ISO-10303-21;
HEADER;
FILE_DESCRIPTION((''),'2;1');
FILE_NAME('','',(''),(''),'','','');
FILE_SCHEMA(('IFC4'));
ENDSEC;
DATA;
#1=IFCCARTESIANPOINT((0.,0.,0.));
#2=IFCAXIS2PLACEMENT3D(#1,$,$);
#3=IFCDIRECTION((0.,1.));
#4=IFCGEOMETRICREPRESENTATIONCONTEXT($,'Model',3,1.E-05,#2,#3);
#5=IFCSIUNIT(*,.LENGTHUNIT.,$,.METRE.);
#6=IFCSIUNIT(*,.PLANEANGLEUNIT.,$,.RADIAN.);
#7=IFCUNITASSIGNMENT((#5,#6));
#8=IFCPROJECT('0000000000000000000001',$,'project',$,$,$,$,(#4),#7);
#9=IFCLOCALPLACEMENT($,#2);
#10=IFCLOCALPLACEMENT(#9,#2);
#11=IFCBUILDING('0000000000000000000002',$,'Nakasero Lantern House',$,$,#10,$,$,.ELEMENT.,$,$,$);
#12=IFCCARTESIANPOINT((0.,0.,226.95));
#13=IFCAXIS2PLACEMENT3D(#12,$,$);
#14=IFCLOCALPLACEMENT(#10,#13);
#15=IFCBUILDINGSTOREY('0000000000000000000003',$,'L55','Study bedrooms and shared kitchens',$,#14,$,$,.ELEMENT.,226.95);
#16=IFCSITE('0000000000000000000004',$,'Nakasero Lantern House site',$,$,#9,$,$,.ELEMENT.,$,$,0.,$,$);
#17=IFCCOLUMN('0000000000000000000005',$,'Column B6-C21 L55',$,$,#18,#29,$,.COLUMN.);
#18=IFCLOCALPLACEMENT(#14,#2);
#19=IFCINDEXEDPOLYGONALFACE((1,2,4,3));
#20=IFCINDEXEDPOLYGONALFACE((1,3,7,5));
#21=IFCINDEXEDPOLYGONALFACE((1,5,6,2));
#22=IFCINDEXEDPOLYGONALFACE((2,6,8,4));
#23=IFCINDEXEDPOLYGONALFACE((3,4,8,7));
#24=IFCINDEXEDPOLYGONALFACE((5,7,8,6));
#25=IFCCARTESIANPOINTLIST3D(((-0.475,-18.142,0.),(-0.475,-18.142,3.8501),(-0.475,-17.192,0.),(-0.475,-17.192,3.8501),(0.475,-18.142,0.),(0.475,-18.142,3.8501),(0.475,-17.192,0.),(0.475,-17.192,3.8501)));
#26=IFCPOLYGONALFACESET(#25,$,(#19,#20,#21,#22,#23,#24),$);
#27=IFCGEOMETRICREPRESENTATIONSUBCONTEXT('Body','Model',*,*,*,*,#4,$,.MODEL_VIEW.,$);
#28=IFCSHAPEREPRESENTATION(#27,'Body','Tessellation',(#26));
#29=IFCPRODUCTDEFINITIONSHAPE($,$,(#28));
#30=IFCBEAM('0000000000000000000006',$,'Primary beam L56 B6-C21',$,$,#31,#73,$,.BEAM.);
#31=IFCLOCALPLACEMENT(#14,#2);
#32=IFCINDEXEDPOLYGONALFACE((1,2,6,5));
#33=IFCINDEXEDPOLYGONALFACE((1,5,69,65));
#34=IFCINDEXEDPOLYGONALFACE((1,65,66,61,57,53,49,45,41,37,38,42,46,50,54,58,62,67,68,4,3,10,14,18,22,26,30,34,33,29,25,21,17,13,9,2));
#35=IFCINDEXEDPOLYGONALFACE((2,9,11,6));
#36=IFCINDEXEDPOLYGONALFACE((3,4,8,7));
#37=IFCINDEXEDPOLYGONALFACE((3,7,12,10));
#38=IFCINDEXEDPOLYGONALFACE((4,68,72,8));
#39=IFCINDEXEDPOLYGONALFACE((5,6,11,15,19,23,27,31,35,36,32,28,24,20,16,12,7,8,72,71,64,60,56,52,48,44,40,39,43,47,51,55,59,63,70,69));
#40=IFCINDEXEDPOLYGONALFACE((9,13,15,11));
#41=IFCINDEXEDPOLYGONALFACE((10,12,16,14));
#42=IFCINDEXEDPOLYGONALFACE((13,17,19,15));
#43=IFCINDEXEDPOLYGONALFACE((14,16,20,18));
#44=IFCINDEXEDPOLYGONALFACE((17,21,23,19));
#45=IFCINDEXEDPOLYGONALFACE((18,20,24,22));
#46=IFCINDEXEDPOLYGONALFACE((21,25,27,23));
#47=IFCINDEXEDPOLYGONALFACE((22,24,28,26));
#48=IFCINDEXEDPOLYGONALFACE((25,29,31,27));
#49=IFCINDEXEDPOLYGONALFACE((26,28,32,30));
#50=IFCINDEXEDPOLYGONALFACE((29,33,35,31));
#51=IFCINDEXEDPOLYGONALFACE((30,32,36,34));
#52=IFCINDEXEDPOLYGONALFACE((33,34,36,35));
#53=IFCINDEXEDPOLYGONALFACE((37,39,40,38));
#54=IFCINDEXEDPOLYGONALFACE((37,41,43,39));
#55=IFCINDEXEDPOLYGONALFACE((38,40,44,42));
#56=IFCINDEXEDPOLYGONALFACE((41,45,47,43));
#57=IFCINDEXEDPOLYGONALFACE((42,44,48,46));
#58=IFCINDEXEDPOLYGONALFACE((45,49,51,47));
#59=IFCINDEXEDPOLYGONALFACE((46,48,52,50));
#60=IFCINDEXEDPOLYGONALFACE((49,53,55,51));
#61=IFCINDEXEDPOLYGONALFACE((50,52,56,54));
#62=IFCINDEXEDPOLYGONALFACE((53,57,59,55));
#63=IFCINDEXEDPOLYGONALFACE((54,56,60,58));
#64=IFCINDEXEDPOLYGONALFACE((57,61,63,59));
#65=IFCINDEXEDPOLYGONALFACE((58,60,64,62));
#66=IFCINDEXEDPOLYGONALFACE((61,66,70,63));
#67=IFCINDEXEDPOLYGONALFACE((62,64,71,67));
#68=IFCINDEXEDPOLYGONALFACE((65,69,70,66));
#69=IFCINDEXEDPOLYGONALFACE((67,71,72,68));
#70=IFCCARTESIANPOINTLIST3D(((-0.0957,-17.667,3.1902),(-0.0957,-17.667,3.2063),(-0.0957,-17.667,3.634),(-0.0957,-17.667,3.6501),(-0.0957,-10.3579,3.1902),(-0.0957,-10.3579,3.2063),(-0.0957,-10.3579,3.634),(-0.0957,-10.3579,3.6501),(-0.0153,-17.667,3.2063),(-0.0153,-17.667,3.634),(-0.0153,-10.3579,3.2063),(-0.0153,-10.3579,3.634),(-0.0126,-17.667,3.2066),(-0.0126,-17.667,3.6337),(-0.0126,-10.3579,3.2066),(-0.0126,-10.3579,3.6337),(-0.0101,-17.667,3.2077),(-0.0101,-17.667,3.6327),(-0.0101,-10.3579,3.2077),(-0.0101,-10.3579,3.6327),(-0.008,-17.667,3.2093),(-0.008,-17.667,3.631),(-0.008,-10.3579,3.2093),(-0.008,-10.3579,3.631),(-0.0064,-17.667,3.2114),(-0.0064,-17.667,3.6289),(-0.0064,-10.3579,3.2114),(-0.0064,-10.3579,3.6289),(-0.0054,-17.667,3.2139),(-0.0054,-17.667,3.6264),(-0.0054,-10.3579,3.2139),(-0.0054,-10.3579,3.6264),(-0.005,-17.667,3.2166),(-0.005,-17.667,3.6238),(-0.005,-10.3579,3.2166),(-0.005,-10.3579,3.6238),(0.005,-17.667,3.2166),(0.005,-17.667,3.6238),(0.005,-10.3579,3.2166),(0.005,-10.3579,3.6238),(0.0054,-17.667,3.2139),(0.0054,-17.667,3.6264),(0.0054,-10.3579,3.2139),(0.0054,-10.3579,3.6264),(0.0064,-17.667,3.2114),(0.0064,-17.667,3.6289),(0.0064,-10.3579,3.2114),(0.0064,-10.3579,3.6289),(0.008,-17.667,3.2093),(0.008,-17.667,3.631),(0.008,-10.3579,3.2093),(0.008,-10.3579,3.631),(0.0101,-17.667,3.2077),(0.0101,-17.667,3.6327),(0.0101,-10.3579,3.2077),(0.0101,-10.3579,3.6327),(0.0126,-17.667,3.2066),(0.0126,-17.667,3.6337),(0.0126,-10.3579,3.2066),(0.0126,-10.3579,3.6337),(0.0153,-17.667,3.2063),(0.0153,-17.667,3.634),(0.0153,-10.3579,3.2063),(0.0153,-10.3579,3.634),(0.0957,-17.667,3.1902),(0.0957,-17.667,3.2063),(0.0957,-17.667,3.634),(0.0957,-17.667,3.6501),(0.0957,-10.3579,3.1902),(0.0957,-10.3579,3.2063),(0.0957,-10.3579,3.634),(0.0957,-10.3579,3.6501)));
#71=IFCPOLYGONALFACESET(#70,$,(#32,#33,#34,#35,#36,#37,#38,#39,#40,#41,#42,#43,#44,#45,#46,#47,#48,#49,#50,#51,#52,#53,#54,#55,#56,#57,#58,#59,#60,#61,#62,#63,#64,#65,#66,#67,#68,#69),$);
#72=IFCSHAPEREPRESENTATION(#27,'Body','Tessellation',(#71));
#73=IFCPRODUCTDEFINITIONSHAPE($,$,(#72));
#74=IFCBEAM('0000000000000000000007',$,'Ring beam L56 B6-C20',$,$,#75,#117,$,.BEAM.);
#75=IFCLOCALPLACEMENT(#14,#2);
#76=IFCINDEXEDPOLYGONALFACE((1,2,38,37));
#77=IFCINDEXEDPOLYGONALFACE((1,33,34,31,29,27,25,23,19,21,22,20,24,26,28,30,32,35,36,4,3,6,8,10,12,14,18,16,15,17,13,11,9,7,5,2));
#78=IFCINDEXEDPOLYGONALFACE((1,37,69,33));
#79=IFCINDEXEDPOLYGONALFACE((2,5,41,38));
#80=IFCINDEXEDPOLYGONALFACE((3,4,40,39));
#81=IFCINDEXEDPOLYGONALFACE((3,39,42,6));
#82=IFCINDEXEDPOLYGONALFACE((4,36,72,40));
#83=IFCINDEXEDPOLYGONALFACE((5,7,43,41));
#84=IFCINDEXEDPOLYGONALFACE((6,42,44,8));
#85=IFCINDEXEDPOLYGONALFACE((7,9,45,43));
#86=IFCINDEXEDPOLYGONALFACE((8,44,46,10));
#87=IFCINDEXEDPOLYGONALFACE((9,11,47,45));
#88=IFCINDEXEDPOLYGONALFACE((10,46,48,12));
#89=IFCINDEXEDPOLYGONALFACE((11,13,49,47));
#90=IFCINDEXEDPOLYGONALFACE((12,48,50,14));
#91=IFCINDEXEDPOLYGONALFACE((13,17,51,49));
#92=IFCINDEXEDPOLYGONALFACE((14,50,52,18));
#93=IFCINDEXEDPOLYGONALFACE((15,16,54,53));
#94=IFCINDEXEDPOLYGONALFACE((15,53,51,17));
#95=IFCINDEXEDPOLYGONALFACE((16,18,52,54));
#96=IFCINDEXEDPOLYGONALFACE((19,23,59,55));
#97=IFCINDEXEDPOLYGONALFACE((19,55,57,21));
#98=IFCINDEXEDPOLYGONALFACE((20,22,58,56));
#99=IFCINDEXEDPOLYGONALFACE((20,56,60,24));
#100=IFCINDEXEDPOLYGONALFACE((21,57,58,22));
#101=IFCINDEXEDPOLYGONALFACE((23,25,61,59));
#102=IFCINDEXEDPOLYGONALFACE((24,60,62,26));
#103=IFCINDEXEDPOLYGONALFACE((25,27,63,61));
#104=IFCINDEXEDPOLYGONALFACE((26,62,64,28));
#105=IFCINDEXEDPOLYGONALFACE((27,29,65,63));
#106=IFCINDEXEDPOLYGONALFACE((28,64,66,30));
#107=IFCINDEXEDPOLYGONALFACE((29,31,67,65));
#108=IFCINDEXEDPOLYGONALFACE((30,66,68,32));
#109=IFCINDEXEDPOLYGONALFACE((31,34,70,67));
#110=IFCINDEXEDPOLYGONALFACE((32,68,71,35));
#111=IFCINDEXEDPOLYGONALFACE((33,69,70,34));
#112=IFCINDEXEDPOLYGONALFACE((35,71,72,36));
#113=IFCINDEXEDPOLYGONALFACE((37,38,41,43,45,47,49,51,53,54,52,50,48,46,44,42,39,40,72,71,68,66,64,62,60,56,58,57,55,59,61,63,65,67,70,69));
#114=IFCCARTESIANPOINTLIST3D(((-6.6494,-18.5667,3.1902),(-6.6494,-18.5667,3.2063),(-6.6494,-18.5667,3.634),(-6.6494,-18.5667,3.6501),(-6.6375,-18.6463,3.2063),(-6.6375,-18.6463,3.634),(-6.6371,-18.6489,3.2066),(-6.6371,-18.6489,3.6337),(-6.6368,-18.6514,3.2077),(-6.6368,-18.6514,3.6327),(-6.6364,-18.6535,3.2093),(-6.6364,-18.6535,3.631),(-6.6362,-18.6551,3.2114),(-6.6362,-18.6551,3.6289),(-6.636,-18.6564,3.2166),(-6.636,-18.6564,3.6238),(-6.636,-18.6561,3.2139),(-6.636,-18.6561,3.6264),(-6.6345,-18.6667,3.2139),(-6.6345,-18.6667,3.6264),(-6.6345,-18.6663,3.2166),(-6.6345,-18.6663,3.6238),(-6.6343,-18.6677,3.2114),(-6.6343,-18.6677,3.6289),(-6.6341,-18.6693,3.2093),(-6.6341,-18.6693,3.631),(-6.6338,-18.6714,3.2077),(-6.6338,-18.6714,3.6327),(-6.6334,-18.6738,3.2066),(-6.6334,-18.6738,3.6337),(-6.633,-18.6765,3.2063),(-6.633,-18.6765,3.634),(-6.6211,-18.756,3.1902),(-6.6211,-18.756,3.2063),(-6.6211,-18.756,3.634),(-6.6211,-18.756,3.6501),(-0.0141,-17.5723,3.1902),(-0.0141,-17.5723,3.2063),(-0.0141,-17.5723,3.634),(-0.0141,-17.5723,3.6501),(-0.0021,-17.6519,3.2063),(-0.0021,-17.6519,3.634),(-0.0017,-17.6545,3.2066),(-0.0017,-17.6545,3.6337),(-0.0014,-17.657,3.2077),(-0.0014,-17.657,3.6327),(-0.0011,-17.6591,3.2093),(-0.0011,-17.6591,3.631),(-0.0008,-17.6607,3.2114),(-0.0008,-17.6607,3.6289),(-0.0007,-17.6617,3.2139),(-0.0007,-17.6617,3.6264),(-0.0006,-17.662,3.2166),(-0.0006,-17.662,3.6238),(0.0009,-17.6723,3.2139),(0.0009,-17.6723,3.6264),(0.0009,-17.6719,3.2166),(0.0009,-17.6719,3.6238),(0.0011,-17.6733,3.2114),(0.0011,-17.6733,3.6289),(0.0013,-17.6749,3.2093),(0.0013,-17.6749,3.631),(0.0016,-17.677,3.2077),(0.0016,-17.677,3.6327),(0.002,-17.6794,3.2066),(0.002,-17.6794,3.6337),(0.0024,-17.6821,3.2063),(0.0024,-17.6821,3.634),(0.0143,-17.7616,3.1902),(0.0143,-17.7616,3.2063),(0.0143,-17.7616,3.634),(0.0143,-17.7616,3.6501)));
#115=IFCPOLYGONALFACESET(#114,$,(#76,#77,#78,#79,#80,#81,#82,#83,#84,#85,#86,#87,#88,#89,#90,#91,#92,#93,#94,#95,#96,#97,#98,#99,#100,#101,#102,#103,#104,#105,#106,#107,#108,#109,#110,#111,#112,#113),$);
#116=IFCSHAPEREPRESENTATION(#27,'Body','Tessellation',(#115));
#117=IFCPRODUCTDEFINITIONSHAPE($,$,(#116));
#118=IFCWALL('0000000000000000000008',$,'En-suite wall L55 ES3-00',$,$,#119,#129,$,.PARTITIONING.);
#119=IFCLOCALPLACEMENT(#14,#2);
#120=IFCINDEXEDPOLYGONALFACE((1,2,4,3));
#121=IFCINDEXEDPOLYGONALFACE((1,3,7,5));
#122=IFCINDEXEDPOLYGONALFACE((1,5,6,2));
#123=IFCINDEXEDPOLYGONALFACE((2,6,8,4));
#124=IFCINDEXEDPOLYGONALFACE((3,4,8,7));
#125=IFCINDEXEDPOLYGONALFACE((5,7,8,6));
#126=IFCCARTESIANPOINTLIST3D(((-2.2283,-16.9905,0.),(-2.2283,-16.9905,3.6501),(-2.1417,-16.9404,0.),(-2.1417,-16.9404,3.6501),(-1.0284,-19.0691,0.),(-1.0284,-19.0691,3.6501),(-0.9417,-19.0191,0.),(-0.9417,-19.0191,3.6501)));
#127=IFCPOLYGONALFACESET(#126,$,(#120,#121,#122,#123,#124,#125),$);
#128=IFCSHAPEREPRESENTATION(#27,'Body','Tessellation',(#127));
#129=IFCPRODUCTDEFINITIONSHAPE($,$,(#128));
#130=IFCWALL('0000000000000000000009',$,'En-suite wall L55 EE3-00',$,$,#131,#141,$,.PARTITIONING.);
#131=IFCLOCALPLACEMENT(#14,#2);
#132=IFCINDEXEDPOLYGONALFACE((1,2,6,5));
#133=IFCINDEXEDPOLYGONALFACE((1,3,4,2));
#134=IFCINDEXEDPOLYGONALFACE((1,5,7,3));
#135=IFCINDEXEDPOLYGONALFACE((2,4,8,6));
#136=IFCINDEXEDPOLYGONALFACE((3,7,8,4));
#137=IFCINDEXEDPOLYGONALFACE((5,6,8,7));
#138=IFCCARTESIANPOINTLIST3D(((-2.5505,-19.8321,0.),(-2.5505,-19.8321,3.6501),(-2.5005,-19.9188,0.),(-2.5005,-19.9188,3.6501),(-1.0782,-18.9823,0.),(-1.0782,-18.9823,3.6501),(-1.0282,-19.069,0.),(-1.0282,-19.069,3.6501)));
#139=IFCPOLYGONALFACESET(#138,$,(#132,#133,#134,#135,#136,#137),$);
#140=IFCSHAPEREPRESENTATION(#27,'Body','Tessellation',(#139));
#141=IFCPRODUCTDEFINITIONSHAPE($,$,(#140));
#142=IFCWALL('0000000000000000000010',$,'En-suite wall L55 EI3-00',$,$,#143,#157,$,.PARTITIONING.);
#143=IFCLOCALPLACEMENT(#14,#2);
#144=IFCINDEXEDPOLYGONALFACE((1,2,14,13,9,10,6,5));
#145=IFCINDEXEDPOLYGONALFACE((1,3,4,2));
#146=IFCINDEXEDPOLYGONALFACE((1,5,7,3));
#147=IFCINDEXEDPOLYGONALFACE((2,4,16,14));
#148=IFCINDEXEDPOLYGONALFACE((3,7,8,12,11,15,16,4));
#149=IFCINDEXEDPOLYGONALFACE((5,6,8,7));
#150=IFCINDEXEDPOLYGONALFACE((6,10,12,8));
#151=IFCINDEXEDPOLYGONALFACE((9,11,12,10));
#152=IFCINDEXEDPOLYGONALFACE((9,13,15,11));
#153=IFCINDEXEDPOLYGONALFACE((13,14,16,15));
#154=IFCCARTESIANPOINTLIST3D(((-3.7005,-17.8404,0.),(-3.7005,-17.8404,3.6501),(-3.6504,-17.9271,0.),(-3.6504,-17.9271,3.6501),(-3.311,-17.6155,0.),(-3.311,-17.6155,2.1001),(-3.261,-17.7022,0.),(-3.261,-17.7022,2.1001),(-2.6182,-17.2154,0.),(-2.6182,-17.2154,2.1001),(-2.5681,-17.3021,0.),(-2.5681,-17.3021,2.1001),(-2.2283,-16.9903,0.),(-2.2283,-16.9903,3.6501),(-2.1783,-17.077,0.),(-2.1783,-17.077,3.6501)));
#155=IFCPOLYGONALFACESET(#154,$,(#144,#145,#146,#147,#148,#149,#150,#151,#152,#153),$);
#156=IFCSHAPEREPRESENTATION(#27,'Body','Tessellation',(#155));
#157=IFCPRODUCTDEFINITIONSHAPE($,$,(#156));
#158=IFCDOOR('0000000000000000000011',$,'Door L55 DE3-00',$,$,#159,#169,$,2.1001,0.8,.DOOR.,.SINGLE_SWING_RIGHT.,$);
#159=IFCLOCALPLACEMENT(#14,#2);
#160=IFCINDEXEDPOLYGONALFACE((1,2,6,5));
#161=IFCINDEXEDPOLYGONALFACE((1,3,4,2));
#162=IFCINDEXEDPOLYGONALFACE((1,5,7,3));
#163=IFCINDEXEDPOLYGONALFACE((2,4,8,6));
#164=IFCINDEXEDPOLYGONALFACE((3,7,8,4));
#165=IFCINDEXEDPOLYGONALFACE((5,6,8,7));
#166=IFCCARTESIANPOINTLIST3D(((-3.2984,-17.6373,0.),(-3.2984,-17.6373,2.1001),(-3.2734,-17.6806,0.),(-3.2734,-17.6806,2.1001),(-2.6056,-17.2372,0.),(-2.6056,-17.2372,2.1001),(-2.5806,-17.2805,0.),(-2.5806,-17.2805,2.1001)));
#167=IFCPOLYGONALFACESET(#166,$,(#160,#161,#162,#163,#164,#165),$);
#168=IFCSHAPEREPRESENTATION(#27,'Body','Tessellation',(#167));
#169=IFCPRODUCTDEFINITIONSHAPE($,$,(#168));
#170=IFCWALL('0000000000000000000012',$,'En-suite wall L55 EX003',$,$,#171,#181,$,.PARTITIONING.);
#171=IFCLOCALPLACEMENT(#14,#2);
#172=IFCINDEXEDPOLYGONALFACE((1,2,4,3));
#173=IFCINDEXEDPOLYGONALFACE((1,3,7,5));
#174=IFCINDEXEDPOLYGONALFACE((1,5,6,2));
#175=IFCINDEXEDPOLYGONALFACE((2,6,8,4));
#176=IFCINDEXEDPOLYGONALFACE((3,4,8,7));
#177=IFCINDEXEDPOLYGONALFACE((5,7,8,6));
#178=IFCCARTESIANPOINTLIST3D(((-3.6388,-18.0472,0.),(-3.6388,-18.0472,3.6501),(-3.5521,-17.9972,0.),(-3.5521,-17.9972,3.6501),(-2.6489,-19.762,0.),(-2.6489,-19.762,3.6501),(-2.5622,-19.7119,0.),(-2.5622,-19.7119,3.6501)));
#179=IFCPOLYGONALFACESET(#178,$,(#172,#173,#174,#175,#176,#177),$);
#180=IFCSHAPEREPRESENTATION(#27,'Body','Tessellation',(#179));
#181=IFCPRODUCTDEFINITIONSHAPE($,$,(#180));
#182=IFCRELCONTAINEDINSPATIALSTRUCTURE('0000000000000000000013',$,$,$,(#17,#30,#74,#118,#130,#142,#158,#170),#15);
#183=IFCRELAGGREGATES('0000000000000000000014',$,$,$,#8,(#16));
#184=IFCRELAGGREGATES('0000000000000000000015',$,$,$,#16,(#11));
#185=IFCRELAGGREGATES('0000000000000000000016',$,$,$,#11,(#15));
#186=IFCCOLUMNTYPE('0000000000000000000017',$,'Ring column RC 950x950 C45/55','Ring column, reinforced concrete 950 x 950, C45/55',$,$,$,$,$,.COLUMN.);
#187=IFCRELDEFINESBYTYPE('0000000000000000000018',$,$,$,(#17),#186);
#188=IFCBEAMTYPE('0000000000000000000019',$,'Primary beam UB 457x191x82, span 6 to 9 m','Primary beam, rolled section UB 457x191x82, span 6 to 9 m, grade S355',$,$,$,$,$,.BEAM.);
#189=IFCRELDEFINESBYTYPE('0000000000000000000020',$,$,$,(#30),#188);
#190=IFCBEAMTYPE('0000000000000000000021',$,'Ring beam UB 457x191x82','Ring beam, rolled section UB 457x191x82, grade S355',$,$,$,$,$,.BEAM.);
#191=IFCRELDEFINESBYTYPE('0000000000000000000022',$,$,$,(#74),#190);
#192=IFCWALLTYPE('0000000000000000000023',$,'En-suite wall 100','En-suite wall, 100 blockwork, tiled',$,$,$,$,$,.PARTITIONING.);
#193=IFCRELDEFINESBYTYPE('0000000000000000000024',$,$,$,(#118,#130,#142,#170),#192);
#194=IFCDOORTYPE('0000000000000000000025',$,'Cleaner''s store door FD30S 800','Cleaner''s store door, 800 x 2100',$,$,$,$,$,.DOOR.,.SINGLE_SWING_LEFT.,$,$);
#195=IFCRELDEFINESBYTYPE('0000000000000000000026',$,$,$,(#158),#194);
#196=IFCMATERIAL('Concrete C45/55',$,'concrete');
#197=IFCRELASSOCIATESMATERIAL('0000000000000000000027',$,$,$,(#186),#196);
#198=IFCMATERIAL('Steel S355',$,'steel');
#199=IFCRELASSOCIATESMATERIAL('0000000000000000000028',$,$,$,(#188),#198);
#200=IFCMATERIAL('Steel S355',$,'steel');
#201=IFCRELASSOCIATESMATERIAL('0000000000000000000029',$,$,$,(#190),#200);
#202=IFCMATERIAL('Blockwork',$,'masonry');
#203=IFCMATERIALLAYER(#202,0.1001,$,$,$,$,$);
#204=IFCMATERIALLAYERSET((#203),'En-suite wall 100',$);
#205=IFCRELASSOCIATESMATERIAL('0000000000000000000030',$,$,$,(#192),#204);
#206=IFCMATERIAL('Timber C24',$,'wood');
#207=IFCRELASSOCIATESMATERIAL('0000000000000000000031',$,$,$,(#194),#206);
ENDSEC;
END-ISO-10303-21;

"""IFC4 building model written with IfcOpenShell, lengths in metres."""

from ifc_helpers import new_model, si_unit, direction, frame, frame_2d, origin, origin_2d, place, context, subcontext, project, spatial, rectangle, i_section, extrude, material, layer, layer_set, material_profile, profile_set, type_object, element, fill, save


model = new_model("IFC4")

# Units and contexts
model_context = context("Model", 3, precision=1e-05, world=origin(), true_north=direction((0.0, 1.0)))
body_context = subcontext(model_context, "Body", "Model", "MODEL_VIEW")
ifc_project = project(units=[si_unit("LENGTHUNIT", "METRE"), si_unit("PLANEANGLEUNIT", "RADIAN")], contexts=[model_context])

# Site, building, storey
site_placement = place(None, origin())
site = spatial("IfcSite", under=ifc_project, at=site_placement, Name="Nakasero Lantern House site", CompositionType="ELEMENT", RefElevation=0.0)
building_placement = place(site_placement, origin())
building = spatial("IfcBuilding", under=site, at=building_placement, Name="Nakasero Lantern House", CompositionType="ELEMENT")
storey_placement = place(building_placement, frame((0.0, 0.0, 226.95)))
storey = spatial("IfcBuildingStorey", under=building, at=storey_placement, Name="L55", Description="Study bedrooms and shared kitchens", CompositionType="ELEMENT", Elevation=226.95)

# Column
ifc_material_1 = material(Name="Concrete C45/55", Category="concrete")
ifc_material_profile_1 = material_profile(ifc_material_1, rectangle(XDim=0.95, YDim=0.95, at=origin_2d()), Name="RC 950x950")
ifc_profile_set_1 = profile_set([ifc_material_profile_1], Name="Concrete C45/55")
column_type = type_object("IfcColumnType", Name="Ring column RC 950x950 C45/55", Description="Ring column, reinforced concrete 950 x 950, C45/55", PredefinedType="COLUMN", material=ifc_profile_set_1)
column_placement = place(storey_placement, frame((0.0, -17.667, 0.0), z_axis=(0.0, 0.0, 1.0), x_axis=(1.0, 0.0, 0.0)))
element("IfcColumn", 1, at=column_placement, inside=storey, type_object=column_type, Name="Column B6-C21 L55", PredefinedType="COLUMN", context=body_context, shape_type="SweptSolid", body=[
    extrude(rectangle(XDim=0.95, YDim=0.95, at=origin_2d()), origin(), (0.0, 0.0, 1.0), 3.8501),
])

# Beams
ifc_material_2 = material(Name="Steel S355", Category="steel")
ifc_material_profile_2 = material_profile(ifc_material_2, i_section(OverallWidth=0.1914, OverallDepth=0.46, WebThickness=0.01, FlangeThickness=0.0161, FilletRadius=0.0103, at=origin_2d()), Name="UB 457x191x82")
ifc_profile_set_2 = profile_set([ifc_material_profile_2], Name="Steel S355")
beam_type_1 = type_object("IfcBeamType", Name="Primary beam UB 457x191x82, span 6 to 9 m", Description="Primary beam, rolled section UB 457x191x82, span 6 to 9 m, grade S355", PredefinedType="BEAM", material=ifc_profile_set_2)
beam_1_placement = place(storey_placement, frame((0.0, -17.667, 3.4202), z_axis=(0.0, 1.0, 0.0), x_axis=(-1.0, 0.0, 0.0)))
element("IfcBeam", 2, at=beam_1_placement, inside=storey, type_object=beam_type_1, Name="Primary beam L56 B6-C21", PredefinedType="BEAM", context=body_context, shape_type="SweptSolid", body=[
    extrude(i_section(OverallWidth=0.1914, OverallDepth=0.46, WebThickness=0.01, FlangeThickness=0.0161, FilletRadius=0.0103, at=origin_2d()), origin(), (0.0, 0.0, 1.0), 7.3091),
])
ifc_material_3 = material(Name="Steel S355", Category="steel")
ifc_material_profile_3 = material_profile(ifc_material_3, i_section(OverallWidth=0.1914, OverallDepth=0.46, WebThickness=0.01, FlangeThickness=0.0161, FilletRadius=0.0103, at=origin_2d()), Name="UB 457x191x82")
ifc_profile_set_3 = profile_set([ifc_material_profile_3], Name="Steel S355")
beam_type_2 = type_object("IfcBeamType", Name="Ring beam UB 457x191x82", Description="Ring beam, rolled section UB 457x191x82, grade S355", PredefinedType="BEAM", material=ifc_profile_set_3)
beam_2_placement = place(storey_placement, frame((-6.6353, -18.6614, 3.4202), z_axis=(0.988956, 0.148209, 0.0), x_axis=(-0.148209, 0.988956, 0.0)))
element("IfcBeam", 3, at=beam_2_placement, inside=storey, type_object=beam_type_2, Name="Ring beam L56 B6-C20", PredefinedType="BEAM", context=body_context, shape_type="SweptSolid", body=[
    extrude(i_section(OverallWidth=0.1914, OverallDepth=0.46, WebThickness=0.01, FlangeThickness=0.0161, FilletRadius=0.0103, at=origin_2d()), origin(), (0.0, 0.0, 1.0), 6.7095),
])

# Walls
ifc_material_4 = material(Name="Blockwork", Category="masonry")
ifc_layer_1 = layer(ifc_material_4, 0.1001)
ifc_layer_set_1 = layer_set([ifc_layer_1], Name="En-suite wall 100")
wall_type_1 = type_object("IfcWallType", Name="En-suite wall 100", Description="En-suite wall, 100 blockwork, tiled", PredefinedType="PARTITIONING", material=ifc_layer_set_1)
wall_1_placement = place(storey_placement, frame((-2.1851, -16.9653, 0.0), z_axis=(0.0, 0.0, 1.0), x_axis=(0.499957, -0.86605, 0.0)))
element("IfcWall", 4, at=wall_1_placement, inside=storey, type_object=wall_type_1, Name="En-suite wall L55 ES3-00", PredefinedType="PARTITIONING", context=body_context, shape_type="SweptSolid", body=[
    extrude(rectangle(XDim=2.4001, YDim=0.1001, at=frame_2d((1.2002, 0.0))), origin(), (0.0, 0.0, 1.0), 3.6501),
])
wall_2_placement = place(storey_placement, frame((-2.5256, -19.8755, 0.0), z_axis=(0.0, 0.0, 1.0), x_axis=(0.866088, 0.499892, 0.0)))
element("IfcWall", 5, at=wall_2_placement, inside=storey, type_object=wall_type_1, Name="En-suite wall L55 EE3-00", PredefinedType="PARTITIONING", context=body_context, shape_type="SweptSolid", body=[
    extrude(rectangle(XDim=1.7, YDim=0.1001, at=frame_2d((0.8501, 0.0))), origin(), (0.0, 0.0, 1.0), 3.6501),
])

# Wall, opening, door
wall_3_placement = place(storey_placement, frame((-3.6755, -17.8838, 0.0), z_axis=(0.0, 0.0, 1.0), x_axis=(0.865989, 0.500062, 0.0)))
wall_3 = element("IfcWall", 6, at=wall_3_placement, inside=storey, type_object=wall_type_1, Name="En-suite wall L55 EI3-00", PredefinedType="PARTITIONING", context=body_context, shape_type="SweptSolid", body=[
    extrude(rectangle(XDim=1.7, YDim=0.1001, at=frame_2d((0.8501, 0.0))), origin(), (0.0, 0.0, 1.0), 3.6501),
])
opening_1_placement = place(wall_3_placement, frame((0.45, 0.0, 0.0)))
opening_1 = element("IfcOpeningElement", 7, at=opening_1_placement, cuts=wall_3, PredefinedType="OPENING", context=body_context, shape_type="SweptSolid", body=[
    extrude(rectangle(XDim=0.8, YDim=2.1001, at=frame_2d((0.3999, 1.05))), frame((0.0, 0.0701, 0.0), z_axis=(0.0, -1.0, 0.0), x_axis=(1.0, 0.0, 0.0)), (0.0, 0.0, 1.0), 0.1401),
])
ifc_material_5 = material(Name="Timber C24", Category="wood")
door_type_1 = type_object("IfcDoorType", Name="Cleaner's store door FD30S 800", Description="Cleaner's store door, 800 x 2100", OperationType="SINGLE_SWING_LEFT", PredefinedType="DOOR", material=ifc_material_5)
door_1_placement = place(opening_1_placement, origin())
door_1 = element("IfcDoor", 8, at=door_1_placement, inside=storey, type_object=door_type_1, Name="Door L55 DE3-00", OperationType="SINGLE_SWING_RIGHT", OverallHeight=2.1001, OverallWidth=0.8, PredefinedType="DOOR", context=body_context, shape_type="SweptSolid", body=[
    extrude(rectangle(XDim=0.8, YDim=2.1001, at=frame_2d((0.3999, 1.05))), frame((0.0, 0.0249, 0.0), z_axis=(0.0, -1.0, 0.0), x_axis=(1.0, 0.0, 0.0)), (0.0, 0.0, 1.0), 0.05),
])
fill(opening_1, door_1)

# Wall
wall_4_placement = place(storey_placement, frame((-3.5955, -18.0222, 0.0), z_axis=(0.0, 0.0, 1.0), x_axis=(0.499971, -0.866042, 0.0)))
element("IfcWall", 9, at=wall_4_placement, inside=storey, type_object=wall_type_1, Name="En-suite wall L55 EX003", PredefinedType="PARTITIONING", context=body_context, shape_type="SweptSolid", body=[
    extrude(rectangle(XDim=1.98, YDim=0.1001, at=frame_2d((0.99, 0.0))), origin(), (0.0, 0.0, 1.0), 3.6501),
])

save(model, "model.ifc")
